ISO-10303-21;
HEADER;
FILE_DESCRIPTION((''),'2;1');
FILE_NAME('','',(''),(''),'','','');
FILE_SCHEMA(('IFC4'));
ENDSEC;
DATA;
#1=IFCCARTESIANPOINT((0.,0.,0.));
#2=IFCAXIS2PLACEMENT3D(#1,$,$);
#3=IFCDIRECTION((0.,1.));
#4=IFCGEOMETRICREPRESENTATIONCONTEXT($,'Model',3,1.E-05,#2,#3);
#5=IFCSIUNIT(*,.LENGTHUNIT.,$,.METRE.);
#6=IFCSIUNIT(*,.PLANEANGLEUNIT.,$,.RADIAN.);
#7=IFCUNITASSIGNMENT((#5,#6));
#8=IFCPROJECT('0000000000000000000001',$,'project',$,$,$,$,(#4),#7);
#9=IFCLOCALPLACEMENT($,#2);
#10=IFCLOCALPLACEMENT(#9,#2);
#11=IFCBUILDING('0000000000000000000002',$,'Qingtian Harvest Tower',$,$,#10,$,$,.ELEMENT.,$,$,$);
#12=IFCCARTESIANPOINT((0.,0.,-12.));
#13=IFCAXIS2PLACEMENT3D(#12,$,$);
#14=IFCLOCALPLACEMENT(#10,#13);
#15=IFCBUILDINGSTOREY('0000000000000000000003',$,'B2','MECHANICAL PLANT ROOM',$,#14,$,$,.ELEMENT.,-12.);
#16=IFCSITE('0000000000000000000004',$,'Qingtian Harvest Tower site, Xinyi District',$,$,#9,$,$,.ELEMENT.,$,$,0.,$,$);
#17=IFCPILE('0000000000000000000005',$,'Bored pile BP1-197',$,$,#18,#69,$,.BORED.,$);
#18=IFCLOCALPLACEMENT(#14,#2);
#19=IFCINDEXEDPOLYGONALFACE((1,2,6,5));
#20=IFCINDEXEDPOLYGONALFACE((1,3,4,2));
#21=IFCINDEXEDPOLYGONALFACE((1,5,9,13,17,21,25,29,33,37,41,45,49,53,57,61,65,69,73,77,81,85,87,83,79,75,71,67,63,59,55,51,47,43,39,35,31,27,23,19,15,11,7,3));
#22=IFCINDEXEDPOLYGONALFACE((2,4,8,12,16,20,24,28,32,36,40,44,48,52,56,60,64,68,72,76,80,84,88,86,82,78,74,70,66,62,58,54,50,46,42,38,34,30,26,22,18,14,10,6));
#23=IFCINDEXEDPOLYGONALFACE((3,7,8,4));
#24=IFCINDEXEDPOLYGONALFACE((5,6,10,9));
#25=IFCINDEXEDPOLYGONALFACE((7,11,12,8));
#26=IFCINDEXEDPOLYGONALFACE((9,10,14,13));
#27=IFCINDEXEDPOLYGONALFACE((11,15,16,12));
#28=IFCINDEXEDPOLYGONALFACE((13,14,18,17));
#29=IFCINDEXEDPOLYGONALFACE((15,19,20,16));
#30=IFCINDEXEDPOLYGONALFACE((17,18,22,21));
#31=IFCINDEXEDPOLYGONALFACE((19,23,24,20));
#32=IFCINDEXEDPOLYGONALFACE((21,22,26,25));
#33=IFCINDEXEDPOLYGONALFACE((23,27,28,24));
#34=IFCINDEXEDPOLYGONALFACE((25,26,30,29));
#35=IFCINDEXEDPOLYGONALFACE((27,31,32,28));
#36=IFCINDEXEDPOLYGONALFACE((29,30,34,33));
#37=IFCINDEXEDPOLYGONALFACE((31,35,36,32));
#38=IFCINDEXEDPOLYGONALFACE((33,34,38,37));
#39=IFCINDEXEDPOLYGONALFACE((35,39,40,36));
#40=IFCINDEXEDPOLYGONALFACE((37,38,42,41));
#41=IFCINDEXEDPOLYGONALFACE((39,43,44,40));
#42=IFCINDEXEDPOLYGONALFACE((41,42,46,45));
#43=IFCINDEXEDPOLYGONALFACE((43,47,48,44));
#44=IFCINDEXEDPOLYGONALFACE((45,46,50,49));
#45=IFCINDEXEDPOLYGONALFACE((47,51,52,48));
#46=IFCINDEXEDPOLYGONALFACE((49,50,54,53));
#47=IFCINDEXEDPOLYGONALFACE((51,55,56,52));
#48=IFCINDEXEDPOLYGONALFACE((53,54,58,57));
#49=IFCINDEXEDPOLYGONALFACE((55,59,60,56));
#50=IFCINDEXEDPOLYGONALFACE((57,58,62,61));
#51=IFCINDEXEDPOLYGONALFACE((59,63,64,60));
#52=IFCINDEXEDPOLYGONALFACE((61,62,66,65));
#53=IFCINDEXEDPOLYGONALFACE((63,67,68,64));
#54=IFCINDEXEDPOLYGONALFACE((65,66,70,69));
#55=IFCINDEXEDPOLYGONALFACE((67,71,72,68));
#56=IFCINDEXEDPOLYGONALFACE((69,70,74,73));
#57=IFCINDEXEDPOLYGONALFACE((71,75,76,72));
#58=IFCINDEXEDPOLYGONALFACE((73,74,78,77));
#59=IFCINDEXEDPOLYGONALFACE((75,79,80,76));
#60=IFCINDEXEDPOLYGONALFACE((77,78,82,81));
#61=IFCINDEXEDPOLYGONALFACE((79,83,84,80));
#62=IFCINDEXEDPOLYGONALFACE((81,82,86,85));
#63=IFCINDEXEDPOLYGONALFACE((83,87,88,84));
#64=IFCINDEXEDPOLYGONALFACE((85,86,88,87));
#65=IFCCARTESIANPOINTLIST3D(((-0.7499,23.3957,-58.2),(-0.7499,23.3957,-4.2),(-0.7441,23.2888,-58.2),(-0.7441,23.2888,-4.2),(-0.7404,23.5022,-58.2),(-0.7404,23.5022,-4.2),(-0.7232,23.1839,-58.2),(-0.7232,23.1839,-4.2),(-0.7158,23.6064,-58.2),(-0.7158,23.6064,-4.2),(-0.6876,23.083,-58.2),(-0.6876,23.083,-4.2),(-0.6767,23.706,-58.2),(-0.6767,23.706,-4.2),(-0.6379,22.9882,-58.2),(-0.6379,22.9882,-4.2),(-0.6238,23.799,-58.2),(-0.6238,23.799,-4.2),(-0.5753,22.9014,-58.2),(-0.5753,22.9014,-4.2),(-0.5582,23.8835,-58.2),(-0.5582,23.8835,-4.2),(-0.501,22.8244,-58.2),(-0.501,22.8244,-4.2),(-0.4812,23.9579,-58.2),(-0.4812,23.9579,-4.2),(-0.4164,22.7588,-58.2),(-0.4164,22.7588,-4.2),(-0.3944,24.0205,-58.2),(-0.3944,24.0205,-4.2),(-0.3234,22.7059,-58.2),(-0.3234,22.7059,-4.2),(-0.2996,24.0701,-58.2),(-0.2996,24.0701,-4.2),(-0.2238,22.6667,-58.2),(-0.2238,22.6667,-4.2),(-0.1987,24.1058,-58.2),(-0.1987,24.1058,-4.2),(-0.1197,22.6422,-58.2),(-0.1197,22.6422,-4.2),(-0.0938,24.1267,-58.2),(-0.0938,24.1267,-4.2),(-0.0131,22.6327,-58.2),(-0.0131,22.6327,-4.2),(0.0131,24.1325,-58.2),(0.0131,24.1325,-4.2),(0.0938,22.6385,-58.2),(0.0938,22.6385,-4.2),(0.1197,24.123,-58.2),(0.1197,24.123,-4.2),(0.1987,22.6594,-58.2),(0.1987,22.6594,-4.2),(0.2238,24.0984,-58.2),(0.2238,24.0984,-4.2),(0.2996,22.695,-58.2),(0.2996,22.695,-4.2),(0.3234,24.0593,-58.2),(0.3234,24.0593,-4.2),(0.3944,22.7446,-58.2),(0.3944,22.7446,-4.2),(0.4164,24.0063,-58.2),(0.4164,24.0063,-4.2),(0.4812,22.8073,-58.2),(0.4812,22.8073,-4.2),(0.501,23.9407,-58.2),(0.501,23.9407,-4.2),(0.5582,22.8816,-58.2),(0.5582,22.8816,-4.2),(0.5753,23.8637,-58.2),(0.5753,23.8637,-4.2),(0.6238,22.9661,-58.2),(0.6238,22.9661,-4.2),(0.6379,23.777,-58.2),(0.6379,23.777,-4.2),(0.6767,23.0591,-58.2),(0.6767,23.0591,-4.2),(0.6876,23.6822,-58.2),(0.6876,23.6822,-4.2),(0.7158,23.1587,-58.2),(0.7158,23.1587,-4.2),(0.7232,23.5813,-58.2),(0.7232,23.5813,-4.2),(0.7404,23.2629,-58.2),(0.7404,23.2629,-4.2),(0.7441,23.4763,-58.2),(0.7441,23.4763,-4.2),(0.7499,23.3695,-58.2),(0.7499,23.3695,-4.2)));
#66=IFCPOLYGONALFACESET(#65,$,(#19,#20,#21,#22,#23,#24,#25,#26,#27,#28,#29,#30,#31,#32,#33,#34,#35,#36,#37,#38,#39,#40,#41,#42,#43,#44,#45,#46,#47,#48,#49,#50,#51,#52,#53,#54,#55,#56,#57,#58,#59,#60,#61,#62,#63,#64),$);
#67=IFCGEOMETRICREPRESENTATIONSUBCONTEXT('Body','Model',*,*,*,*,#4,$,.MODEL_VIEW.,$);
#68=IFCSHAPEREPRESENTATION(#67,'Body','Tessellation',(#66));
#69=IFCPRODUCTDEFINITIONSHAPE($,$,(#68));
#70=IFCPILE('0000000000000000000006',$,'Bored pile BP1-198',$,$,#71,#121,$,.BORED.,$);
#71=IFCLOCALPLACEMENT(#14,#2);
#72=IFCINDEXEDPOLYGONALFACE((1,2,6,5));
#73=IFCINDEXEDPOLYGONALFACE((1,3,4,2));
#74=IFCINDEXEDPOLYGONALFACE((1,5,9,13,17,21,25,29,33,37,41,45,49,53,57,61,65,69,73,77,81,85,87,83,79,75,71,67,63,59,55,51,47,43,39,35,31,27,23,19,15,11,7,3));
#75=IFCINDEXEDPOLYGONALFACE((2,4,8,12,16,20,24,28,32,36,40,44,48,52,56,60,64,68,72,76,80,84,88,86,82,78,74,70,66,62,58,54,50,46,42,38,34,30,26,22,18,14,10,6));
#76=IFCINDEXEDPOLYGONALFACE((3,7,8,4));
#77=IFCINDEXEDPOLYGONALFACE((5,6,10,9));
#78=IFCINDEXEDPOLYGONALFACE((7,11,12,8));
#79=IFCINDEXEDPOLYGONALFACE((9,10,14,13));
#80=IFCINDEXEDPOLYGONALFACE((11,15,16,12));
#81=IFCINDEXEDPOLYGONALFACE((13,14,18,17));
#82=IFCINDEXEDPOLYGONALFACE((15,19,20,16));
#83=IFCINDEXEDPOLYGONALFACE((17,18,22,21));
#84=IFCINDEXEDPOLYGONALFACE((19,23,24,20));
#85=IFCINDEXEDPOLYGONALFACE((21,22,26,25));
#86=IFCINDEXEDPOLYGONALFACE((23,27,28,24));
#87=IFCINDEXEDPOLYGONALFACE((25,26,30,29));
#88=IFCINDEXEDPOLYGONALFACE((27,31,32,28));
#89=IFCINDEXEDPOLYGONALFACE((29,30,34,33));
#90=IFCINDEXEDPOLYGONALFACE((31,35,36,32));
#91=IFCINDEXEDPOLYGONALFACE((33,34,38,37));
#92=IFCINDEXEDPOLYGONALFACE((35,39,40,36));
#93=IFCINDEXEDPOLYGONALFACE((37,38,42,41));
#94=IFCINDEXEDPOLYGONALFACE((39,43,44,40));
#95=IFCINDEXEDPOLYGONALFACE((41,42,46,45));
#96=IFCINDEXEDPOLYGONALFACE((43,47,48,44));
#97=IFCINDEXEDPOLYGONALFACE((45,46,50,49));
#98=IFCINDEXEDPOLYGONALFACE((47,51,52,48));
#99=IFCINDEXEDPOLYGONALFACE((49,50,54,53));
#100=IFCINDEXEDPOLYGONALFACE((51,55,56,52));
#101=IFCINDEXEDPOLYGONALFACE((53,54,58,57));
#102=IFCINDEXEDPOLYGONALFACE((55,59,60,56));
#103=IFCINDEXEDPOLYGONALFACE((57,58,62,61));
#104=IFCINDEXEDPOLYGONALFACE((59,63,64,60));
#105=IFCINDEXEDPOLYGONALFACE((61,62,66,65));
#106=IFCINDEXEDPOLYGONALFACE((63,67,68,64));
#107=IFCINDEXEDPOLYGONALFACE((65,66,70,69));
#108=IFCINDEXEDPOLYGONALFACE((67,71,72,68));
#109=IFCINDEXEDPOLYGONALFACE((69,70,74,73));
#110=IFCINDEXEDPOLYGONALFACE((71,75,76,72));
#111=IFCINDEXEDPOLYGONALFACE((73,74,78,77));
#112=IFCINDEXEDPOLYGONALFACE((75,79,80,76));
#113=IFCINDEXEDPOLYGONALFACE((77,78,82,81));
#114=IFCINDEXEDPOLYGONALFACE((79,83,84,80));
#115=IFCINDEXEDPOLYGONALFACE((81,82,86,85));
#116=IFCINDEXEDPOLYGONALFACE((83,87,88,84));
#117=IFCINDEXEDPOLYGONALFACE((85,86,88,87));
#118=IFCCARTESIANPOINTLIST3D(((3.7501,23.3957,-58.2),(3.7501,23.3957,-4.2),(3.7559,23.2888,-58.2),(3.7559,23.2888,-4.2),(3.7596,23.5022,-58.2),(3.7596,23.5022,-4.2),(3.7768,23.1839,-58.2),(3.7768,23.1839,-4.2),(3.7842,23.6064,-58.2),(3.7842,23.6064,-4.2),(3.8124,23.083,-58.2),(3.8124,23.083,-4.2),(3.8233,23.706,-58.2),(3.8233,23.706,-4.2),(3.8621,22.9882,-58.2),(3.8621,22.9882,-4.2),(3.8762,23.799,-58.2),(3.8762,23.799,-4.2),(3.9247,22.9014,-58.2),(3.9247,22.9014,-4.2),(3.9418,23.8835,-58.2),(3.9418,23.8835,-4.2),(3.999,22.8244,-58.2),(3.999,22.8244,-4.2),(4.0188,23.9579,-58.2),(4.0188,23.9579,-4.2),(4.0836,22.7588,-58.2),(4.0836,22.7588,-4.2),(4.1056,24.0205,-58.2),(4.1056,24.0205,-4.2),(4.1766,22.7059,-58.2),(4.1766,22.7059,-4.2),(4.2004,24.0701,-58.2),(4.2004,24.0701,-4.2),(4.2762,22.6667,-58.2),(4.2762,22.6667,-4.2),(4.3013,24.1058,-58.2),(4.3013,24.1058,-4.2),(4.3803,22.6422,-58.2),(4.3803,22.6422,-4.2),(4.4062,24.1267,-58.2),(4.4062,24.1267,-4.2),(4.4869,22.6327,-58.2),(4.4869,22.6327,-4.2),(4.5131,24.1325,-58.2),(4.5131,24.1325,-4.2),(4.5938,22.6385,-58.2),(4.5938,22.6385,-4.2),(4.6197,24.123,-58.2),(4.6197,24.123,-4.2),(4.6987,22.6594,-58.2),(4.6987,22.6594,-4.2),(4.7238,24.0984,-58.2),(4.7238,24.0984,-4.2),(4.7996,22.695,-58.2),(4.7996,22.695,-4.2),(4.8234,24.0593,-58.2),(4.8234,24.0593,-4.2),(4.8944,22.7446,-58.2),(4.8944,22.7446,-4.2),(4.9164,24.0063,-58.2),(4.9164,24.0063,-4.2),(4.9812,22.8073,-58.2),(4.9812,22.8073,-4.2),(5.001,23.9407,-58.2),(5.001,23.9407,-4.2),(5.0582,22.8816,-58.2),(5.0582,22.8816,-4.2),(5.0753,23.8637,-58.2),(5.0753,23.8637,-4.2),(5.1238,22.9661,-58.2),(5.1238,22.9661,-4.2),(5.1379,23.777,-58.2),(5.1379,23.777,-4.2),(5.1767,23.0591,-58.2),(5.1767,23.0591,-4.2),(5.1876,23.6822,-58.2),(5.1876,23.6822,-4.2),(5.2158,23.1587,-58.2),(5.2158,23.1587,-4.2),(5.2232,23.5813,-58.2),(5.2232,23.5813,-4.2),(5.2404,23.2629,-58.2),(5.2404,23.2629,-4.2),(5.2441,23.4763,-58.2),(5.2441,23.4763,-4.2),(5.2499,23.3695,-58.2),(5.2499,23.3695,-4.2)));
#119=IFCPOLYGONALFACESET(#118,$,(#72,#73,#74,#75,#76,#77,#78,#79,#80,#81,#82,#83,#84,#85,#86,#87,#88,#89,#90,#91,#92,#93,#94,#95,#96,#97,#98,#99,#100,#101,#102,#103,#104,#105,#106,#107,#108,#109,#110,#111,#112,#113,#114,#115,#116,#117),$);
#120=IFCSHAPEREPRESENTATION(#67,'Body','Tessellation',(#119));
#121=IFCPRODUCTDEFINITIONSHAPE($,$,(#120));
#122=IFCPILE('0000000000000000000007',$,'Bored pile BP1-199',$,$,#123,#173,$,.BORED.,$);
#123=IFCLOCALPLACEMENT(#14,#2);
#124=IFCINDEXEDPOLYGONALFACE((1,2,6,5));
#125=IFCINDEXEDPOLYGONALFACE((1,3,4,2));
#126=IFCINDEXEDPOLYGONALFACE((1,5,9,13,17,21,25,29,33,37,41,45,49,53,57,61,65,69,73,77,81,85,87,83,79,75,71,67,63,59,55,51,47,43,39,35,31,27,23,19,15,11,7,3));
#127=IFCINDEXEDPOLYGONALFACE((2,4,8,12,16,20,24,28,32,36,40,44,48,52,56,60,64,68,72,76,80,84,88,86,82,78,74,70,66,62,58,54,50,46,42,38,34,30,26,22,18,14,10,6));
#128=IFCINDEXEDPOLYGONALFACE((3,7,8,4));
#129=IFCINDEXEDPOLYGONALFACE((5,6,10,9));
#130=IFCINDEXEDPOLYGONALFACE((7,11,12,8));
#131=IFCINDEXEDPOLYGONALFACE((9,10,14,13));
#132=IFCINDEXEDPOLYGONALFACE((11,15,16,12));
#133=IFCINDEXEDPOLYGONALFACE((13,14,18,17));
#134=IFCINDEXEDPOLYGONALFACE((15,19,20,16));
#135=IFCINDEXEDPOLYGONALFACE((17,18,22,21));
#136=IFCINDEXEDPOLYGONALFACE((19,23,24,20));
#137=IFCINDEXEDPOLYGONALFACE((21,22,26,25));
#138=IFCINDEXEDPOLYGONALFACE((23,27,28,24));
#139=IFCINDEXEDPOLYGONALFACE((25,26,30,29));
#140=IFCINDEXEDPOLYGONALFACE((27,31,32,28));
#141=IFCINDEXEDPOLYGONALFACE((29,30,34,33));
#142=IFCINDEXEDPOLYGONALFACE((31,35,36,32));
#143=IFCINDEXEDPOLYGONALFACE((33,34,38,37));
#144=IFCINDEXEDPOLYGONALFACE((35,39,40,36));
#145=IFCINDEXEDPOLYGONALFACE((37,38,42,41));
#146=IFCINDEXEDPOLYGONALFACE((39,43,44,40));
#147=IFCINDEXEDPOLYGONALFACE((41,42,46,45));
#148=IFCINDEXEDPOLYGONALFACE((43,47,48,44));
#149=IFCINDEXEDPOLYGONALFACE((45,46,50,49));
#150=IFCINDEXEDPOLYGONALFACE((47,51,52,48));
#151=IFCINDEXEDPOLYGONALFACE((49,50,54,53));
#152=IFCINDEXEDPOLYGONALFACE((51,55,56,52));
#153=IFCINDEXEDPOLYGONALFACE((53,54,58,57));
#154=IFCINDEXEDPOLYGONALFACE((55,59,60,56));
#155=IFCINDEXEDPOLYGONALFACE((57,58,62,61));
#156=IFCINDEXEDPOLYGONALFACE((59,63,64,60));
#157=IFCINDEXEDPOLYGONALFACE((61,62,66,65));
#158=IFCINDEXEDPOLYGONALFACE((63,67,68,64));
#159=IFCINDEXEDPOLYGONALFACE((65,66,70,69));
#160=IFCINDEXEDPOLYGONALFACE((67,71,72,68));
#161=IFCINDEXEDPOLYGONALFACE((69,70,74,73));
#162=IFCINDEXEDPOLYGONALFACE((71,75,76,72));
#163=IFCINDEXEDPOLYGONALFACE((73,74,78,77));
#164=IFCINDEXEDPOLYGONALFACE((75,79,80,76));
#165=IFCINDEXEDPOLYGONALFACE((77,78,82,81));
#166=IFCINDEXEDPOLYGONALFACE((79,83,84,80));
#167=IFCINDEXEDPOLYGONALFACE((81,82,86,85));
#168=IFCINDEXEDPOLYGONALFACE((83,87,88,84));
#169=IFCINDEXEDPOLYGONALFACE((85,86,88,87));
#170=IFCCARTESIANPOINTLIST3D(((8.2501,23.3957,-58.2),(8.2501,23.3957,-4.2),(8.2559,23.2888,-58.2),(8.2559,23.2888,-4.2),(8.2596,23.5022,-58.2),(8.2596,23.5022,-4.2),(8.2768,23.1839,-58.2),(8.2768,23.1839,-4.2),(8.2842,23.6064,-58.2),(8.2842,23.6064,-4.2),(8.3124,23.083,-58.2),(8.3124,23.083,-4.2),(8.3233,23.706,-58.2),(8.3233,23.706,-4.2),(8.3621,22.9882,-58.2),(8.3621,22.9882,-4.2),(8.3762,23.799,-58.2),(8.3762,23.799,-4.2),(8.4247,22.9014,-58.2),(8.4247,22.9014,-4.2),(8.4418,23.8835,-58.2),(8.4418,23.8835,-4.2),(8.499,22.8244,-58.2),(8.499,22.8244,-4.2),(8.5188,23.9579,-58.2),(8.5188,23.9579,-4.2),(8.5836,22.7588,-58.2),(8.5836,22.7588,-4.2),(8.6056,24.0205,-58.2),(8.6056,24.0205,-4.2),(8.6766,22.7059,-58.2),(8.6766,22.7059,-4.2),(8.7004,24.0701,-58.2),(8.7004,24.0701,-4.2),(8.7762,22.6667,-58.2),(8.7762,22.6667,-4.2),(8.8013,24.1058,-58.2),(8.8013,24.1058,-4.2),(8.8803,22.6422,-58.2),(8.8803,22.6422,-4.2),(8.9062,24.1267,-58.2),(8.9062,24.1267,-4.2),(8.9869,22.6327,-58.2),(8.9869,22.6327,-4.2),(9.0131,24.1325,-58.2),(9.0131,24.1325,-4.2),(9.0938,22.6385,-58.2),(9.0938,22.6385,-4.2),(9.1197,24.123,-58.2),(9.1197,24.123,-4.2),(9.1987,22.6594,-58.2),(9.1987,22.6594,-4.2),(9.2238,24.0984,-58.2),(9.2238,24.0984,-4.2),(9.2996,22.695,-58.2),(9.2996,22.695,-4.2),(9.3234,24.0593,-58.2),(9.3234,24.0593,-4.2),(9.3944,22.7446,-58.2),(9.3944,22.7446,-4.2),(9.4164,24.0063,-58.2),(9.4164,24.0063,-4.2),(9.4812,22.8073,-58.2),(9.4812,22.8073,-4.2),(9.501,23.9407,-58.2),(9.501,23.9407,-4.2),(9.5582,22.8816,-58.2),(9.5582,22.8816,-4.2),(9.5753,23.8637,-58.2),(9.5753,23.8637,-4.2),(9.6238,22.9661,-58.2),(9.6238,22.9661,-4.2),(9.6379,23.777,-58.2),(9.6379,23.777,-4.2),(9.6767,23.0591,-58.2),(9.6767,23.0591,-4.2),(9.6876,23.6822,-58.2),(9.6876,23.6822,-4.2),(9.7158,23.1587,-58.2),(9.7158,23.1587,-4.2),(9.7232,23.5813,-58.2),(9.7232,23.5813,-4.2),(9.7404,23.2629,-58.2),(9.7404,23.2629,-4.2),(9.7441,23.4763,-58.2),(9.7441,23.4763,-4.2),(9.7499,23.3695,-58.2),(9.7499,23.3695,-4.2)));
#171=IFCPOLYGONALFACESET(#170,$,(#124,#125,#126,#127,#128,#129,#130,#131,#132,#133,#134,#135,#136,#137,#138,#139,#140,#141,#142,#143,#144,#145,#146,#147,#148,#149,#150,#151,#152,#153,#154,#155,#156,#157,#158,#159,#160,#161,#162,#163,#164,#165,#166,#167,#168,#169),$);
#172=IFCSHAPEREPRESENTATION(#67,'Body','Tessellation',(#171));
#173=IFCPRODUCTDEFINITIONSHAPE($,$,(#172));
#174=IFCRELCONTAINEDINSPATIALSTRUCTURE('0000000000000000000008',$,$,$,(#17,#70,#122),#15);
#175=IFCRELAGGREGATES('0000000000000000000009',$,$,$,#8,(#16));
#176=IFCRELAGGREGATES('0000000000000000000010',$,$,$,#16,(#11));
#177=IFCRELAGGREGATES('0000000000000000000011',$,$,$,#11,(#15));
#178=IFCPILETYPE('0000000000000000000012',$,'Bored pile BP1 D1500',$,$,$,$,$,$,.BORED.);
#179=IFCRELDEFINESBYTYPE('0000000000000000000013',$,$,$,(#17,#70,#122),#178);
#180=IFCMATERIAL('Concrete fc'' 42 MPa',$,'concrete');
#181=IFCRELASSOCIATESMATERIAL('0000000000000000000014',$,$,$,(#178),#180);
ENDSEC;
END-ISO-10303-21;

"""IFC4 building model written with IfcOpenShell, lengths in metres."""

from ifc_helpers import new_model, si_unit, direction, frame, frame_2d, origin, place, context, subcontext, project, spatial, circle, extrude, material, material_profile, profile_set, type_object, element, save


model = new_model("IFC4")

# Units and contexts
model_context = context("Model", 3, precision=1e-05, world=origin(), true_north=direction((0.0, 1.0)))
body_context = subcontext(model_context, "Body", "Model", "MODEL_VIEW")
ifc_project = project(units=[si_unit("LENGTHUNIT", "METRE"), si_unit("PLANEANGLEUNIT", "RADIAN")], contexts=[model_context])

# Site, building, storey
site_placement = place(None, origin())
site = spatial("IfcSite", under=ifc_project, at=site_placement, Name="Qingtian Harvest Tower site, Xinyi District", CompositionType="ELEMENT", RefElevation=0.0)
building_placement = place(site_placement, origin())
building = spatial("IfcBuilding", under=site, at=building_placement, Name="Qingtian Harvest Tower", CompositionType="ELEMENT")
storey_placement = place(building_placement, frame((0.0, 0.0, -12.0)))
storey = spatial("IfcBuildingStorey", under=building, at=storey_placement, Name="B2", Description="MECHANICAL PLANT ROOM", CompositionType="ELEMENT", Elevation=-12.0)

# Piles
ifc_material_1 = material(Name="Concrete fc' 42 MPa", Category="concrete")
ifc_material_profile_1 = material_profile(ifc_material_1, circle(Radius=0.75, at=frame_2d((0.0, 0.0), x_axis=(0.999848, 0.017452))), Name="Bored pile BP1 D1500")
ifc_profile_set_1 = profile_set([ifc_material_profile_1], Name="Concrete fc' 42 MPa")
pile_type = type_object("IfcPileType", Name="Bored pile BP1 D1500", PredefinedType="BORED", material=ifc_profile_set_1)
for number, where, z_axis, x_axis, name in (
    (1, (0.0, 23.3826, -4.2), (0.0, 0.0, -1.0), (1.0, 0.0, 0.0), "Bored pile BP1-197"),
    (2, (4.5, 23.3826, -4.2), (0.0, 0.0, -1.0), (1.0, 0.0, 0.0), "Bored pile BP1-198"),
    (3, (9.0, 23.3826, -4.2), (0.0, 0.0, -1.0), (1.0, 0.0, 0.0), "Bored pile BP1-199"),
):
    element("IfcPile", number, at=place(storey_placement, frame(where, z_axis=z_axis, x_axis=x_axis)), inside=storey, type_object=pile_type, Name=name, PredefinedType="BORED", context=body_context, shape_type="SweptSolid", body=[
        extrude(circle(Radius=0.75, at=frame_2d((0.0, 0.0), x_axis=(0.999848, 0.017452))), origin(), (0.0, 0.0, 1.0), 54.0),
    ])

save(model, "model.ifc")
